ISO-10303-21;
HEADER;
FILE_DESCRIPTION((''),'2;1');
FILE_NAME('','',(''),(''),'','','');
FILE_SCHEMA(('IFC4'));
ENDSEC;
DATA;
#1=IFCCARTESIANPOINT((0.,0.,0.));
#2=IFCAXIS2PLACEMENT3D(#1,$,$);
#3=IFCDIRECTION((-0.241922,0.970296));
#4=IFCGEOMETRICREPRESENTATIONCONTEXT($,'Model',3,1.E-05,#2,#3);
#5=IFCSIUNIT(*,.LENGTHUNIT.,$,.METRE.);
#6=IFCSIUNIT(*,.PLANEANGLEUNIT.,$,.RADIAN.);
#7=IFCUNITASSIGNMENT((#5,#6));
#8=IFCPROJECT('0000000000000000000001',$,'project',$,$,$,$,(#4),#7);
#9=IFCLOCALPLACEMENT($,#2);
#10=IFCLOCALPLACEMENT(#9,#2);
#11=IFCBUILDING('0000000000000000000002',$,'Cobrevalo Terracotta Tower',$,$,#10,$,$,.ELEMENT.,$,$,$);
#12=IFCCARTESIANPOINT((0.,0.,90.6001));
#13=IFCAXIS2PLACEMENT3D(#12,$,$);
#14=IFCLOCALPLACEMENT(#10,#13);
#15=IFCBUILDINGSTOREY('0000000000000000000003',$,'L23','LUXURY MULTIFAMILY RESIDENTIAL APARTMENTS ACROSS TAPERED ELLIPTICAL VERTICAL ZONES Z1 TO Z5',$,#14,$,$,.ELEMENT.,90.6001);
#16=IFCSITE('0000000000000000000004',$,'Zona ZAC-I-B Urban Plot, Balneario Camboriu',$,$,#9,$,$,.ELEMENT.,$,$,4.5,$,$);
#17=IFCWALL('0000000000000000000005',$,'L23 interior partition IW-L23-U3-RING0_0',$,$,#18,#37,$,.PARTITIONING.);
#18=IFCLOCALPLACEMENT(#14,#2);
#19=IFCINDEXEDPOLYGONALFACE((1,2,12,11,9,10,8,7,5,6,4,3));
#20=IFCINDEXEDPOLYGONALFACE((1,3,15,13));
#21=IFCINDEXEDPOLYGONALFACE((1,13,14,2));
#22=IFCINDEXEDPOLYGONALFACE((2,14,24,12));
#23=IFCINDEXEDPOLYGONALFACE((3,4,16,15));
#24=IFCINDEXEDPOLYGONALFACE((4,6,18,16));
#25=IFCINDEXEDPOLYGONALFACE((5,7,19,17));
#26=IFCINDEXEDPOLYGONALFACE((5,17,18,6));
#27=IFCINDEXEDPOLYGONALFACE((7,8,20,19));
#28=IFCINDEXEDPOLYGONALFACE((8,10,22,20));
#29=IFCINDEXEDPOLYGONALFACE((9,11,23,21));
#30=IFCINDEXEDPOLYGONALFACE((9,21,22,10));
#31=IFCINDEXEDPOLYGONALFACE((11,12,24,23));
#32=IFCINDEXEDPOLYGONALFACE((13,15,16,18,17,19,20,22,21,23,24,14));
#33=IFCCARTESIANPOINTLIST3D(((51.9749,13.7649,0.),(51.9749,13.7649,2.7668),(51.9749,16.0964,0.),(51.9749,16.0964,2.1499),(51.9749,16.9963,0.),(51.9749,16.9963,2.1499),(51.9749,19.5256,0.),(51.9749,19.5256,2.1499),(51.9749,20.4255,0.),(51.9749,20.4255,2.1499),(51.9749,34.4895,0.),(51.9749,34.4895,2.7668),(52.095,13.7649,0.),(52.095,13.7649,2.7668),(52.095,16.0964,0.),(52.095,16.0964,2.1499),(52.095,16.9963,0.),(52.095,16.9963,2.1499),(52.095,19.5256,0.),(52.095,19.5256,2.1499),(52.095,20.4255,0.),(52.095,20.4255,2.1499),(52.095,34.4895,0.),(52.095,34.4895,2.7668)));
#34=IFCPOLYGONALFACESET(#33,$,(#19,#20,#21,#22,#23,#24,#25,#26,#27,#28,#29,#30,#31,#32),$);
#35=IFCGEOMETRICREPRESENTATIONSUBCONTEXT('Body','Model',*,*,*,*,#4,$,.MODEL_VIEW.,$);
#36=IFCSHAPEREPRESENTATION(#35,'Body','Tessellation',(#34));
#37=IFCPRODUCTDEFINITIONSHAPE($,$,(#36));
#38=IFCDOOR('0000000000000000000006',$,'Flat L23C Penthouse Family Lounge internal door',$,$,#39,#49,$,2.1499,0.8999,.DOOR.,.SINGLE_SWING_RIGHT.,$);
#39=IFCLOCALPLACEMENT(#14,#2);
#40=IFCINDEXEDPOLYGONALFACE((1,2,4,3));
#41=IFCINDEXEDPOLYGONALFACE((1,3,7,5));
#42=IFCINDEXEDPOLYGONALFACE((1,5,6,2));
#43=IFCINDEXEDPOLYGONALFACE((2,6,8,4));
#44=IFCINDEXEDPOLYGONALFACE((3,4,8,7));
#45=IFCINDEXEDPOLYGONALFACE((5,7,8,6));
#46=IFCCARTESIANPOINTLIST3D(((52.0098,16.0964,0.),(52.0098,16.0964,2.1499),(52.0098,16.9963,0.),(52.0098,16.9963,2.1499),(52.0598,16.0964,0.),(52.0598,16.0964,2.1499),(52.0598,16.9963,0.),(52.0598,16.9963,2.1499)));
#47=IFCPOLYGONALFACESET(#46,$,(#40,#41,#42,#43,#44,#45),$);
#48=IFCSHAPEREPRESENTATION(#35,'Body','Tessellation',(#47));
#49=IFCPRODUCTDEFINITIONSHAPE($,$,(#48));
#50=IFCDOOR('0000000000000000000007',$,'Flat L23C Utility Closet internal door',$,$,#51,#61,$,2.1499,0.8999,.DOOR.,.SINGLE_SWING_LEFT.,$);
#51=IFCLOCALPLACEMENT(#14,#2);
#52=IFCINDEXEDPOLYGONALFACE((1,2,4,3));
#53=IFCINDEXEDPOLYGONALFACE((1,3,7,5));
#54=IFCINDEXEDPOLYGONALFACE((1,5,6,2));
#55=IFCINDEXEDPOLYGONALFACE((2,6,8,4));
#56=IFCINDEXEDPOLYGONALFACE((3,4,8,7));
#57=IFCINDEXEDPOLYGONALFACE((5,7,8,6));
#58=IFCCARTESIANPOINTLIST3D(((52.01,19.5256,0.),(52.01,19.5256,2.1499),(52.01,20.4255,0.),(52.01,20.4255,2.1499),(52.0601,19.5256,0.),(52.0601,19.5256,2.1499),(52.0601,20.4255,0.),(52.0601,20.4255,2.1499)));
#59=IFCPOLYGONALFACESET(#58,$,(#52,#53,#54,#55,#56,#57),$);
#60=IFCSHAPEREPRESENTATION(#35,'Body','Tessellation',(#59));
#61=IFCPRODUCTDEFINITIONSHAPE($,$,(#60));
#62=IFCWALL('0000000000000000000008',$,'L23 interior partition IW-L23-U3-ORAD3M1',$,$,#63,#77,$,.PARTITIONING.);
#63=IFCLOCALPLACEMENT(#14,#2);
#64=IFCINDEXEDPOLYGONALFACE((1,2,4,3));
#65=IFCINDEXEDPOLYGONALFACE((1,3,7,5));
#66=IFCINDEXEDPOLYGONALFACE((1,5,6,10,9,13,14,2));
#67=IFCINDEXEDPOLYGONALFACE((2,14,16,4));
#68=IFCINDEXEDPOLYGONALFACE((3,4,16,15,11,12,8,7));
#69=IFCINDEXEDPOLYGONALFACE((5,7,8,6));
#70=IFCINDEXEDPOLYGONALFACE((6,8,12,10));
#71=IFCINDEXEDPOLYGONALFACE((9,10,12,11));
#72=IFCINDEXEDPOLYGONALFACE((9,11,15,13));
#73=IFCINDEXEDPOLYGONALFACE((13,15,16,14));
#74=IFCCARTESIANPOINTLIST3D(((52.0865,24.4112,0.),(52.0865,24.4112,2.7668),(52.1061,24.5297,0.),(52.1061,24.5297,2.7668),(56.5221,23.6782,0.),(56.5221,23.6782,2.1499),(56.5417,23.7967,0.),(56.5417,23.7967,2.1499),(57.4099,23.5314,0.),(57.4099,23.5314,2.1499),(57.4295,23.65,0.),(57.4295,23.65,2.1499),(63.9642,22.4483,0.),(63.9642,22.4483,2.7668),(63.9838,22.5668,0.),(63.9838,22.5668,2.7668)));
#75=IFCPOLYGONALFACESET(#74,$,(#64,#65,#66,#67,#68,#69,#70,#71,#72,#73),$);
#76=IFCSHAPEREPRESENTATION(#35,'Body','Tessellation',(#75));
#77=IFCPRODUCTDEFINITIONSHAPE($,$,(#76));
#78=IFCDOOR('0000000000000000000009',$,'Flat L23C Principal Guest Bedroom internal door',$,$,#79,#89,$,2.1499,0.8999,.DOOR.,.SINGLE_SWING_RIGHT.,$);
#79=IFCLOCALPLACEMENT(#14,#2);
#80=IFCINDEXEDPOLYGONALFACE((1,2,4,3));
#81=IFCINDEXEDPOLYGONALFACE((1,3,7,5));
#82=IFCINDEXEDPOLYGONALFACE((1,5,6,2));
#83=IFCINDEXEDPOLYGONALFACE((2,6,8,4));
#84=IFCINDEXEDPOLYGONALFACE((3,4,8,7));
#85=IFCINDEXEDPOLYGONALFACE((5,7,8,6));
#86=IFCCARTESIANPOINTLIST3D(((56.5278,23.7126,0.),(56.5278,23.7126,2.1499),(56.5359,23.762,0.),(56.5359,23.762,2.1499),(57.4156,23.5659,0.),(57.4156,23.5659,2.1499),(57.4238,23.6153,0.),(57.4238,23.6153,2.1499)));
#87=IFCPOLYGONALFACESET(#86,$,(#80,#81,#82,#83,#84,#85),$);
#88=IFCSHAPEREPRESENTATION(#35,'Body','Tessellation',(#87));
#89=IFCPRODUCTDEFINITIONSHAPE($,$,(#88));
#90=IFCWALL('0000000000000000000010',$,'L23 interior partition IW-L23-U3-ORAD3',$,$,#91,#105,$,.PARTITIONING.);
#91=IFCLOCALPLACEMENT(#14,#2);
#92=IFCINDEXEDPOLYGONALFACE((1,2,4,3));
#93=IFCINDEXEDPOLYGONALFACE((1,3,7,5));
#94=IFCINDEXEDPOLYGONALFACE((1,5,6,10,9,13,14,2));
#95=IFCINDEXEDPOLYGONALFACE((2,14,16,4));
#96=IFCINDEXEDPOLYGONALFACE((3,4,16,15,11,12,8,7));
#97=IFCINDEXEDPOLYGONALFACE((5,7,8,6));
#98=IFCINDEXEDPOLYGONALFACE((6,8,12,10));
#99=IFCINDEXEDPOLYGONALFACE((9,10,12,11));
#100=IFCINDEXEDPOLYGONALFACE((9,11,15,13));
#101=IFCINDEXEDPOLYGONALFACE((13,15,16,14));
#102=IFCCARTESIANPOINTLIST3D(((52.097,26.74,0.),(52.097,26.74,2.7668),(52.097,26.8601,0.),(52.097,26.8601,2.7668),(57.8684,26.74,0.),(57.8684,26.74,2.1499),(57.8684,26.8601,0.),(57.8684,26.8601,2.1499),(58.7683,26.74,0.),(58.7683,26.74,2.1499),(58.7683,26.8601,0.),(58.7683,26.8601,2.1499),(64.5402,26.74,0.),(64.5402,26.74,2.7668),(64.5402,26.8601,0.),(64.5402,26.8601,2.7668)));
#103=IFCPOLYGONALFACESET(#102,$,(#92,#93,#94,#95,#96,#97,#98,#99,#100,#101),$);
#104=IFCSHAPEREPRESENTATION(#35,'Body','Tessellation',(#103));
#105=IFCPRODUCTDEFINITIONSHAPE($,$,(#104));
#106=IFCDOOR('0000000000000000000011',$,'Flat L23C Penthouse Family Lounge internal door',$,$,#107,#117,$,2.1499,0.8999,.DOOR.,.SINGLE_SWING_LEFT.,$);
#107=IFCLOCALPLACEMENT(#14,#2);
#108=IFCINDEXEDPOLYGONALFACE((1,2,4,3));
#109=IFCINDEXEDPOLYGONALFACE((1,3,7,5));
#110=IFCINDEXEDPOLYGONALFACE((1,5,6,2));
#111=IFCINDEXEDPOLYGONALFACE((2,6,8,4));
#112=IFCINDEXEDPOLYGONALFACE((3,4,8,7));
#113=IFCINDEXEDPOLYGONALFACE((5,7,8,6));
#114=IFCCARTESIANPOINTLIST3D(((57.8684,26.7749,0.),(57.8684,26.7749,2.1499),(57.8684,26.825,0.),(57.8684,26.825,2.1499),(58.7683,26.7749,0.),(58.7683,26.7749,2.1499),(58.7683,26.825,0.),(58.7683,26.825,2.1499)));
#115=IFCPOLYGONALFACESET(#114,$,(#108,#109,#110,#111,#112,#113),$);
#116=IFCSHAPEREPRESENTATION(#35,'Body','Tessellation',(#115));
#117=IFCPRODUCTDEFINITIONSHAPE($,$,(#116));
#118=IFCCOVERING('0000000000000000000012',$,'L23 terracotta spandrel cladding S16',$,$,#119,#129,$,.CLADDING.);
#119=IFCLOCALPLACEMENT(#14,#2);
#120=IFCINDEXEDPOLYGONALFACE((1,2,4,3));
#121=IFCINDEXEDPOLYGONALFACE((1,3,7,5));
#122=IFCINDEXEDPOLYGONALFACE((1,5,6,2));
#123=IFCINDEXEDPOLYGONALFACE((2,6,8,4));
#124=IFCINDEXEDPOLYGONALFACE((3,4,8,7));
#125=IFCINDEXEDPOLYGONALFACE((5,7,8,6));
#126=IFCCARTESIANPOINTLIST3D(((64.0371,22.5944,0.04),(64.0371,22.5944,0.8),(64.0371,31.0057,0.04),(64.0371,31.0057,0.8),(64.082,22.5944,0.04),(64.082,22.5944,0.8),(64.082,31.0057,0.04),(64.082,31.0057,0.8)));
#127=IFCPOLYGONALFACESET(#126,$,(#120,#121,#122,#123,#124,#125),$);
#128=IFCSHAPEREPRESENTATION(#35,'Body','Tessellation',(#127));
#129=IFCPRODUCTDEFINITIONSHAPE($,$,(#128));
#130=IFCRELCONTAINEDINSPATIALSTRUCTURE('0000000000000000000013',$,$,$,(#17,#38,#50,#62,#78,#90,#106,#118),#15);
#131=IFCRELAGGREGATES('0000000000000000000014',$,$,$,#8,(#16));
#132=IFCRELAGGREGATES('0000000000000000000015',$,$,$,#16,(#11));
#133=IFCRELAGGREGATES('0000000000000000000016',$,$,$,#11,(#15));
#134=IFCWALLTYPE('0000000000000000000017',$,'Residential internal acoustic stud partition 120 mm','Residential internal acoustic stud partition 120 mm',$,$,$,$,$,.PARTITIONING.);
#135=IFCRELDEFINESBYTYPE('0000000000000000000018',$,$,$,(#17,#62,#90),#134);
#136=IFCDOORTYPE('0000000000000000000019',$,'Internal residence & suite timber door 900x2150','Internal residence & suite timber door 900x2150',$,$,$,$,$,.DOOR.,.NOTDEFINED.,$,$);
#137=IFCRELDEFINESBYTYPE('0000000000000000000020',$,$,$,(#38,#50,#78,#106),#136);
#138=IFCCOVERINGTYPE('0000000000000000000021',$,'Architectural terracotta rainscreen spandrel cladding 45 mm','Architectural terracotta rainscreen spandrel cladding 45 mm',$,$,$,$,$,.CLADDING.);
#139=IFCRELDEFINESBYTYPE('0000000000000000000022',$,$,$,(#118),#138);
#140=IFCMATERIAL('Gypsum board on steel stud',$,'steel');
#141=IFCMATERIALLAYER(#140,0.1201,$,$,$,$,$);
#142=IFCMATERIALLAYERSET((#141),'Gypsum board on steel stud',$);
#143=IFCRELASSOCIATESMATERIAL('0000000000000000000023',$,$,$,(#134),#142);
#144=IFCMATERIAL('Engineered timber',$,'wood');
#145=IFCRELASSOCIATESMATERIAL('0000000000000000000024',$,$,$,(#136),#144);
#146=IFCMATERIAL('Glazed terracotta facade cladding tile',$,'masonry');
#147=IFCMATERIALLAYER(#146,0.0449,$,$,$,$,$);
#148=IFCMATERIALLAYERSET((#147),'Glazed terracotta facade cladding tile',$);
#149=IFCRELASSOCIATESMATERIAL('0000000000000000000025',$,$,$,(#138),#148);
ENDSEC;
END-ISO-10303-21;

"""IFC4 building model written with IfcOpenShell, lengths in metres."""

from ifc_helpers import new_model, si_unit, direction, frame, frame_2d, origin, origin_2d, place, context, subcontext, project, spatial, rectangle, extrude, source, transform, mapped, material, layer, layer_set, type_object, element, fill, save


model = new_model("IFC4")

# Units and contexts
model_context = context("Model", 3, precision=1e-05, world=origin(), true_north=direction((-0.241922, 0.970296)))
body_context = subcontext(model_context, "Body", "Model", "MODEL_VIEW")
ifc_project = project(units=[si_unit("LENGTHUNIT", "METRE"), si_unit("PLANEANGLEUNIT", "RADIAN")], contexts=[model_context])

# Site, building, storey
site_placement = place(None, origin())
site = spatial("IfcSite", under=ifc_project, at=site_placement, Name="Zona ZAC-I-B Urban Plot, Balneario Camboriu", CompositionType="ELEMENT", RefElevation=4.5)
building_placement = place(site_placement, origin())
building = spatial("IfcBuilding", under=site, at=building_placement, Name="Cobrevalo Terracotta Tower", CompositionType="ELEMENT")
storey_placement = place(building_placement, frame((0.0, 0.0, 90.6001)))
storey = spatial("IfcBuildingStorey", under=building, at=storey_placement, Name="L23", Description="LUXURY MULTIFAMILY RESIDENTIAL APARTMENTS ACROSS TAPERED ELLIPTICAL VERTICAL ZONES Z1 TO Z5", CompositionType="ELEMENT", Elevation=90.6001)

# Wall, openings, doors
ifc_material_1 = material(Name="Gypsum board on steel stud", Category="steel")
ifc_layer_1 = layer(ifc_material_1, 0.1201)
ifc_layer_set_1 = layer_set([ifc_layer_1], Name="Gypsum board on steel stud")
wall_type_1 = type_object("IfcWallType", Name="Residential internal acoustic stud partition 120 mm", Description="Residential internal acoustic stud partition 120 mm", PredefinedType="PARTITIONING", material=ifc_layer_set_1)
wall_1_placement = place(storey_placement, frame((52.0349, 34.4895, 0.0), z_axis=(0.0, 0.0, 1.0), x_axis=(0.0, -1.0, 0.0)))
wall_1 = element("IfcWall", 1, at=wall_1_placement, inside=storey, type_object=wall_type_1, Name="L23 interior partition IW-L23-U3-RING0_0", PredefinedType="PARTITIONING", context=body_context, shape_type="SweptSolid", body=[
    extrude(rectangle(XDim=20.7246, YDim=0.1201, at=frame_2d((10.3623, 0.0))), origin(), (0.0, 0.0, 1.0), 2.7668),
])
opening_1_placement = place(wall_1_placement, frame((17.4932, 0.0, 0.0)))
opening_1 = element("IfcOpeningElement", 2, at=opening_1_placement, cuts=wall_1, PredefinedType="OPENING", context=body_context, shape_type="SweptSolid", body=[
    extrude(rectangle(XDim=0.8999, YDim=2.1499, at=frame_2d((0.45, 1.075))), frame((0.0, 0.0701, 0.0), z_axis=(0.0, -1.0, 0.0), x_axis=(1.0, 0.0, 0.0)), (0.0, 0.0, 1.0), 0.1401),
])
opening_2_placement = place(wall_1_placement, frame((14.064, 0.0, 0.0)))
opening_2 = element("IfcOpeningElement", 3, at=opening_2_placement, cuts=wall_1, PredefinedType="OPENING", context=body_context, shape_type="SweptSolid", body=[
    extrude(rectangle(XDim=0.8999, YDim=2.1499, at=frame_2d((0.45, 1.075))), frame((0.0, 0.0701, 0.0), z_axis=(0.0, -1.0, 0.0), x_axis=(1.0, 0.0, 0.0)), (0.0, 0.0, 1.0), 0.1401),
])
ifc_material_2 = material(Name="Engineered timber", Category="wood")
door_type_1 = type_object("IfcDoorType", Name="Internal residence & suite timber door 900x2150", Description="Internal residence & suite timber door 900x2150", OperationType="NOTDEFINED", PredefinedType="DOOR", material=ifc_material_2)
shared_shape_1 = source(origin(), body_context, "Body", "SweptSolid", [
    extrude(rectangle(XDim=0.8999, YDim=2.1499, at=frame_2d((0.45, 1.075))), frame((0.0, 0.0249, 0.0), z_axis=(0.0, -1.0, 0.0), x_axis=(1.0, 0.0, 0.0)), (0.0, 0.0, 1.0), 0.05),
])
door_1_placement = place(opening_1_placement, origin())
door_1 = element("IfcDoor", 4, at=door_1_placement, inside=storey, type_object=door_type_1, Name="Flat L23C Penthouse Family Lounge internal door", OperationType="SINGLE_SWING_RIGHT", OverallHeight=2.1499, OverallWidth=0.8999, PredefinedType="DOOR", context=body_context, shape_type="MappedRepresentation", body=[
    mapped(shared_shape_1, transform((0.0, 0.0, 0.0), scale=1.0)),
])
fill(opening_1, door_1)
door_2_placement = place(opening_2_placement, frame((0.8999, 0.0, 0.0), z_axis=(0.0, 0.0, 1.0), x_axis=(-1.0, 0.0, 0.0)))
door_2 = element("IfcDoor", 5, at=door_2_placement, inside=storey, type_object=door_type_1, Name="Flat L23C Utility Closet internal door", OperationType="SINGLE_SWING_LEFT", OverallHeight=2.1499, OverallWidth=0.8999, PredefinedType="DOOR", context=body_context, shape_type="MappedRepresentation", body=[
    mapped(shared_shape_1, transform((0.0, 0.0, 0.0), scale=1.0)),
])
fill(opening_2, door_2)

# Walls, openings, doors
wall_2_placement = place(storey_placement, frame((52.0962, 24.4705, 0.0), z_axis=(0.0, 0.0, 1.0), x_axis=(0.986618, -0.163047, 0.0)))
wall_2 = element("IfcWall", 6, at=wall_2_placement, inside=storey, type_object=wall_type_1, Name="L23 interior partition IW-L23-U3-ORAD3M1", PredefinedType="PARTITIONING", context=body_context, shape_type="SweptSolid", body=[
    extrude(rectangle(XDim=12.0388, YDim=0.1201, at=frame_2d((6.0195, 0.0))), origin(), (0.0, 0.0, 1.0), 2.7668),
])
opening_3_placement = place(wall_2_placement, frame((4.4958, 0.0, 0.0)))
opening_3 = element("IfcOpeningElement", 7, at=opening_3_placement, cuts=wall_2, PredefinedType="OPENING", context=body_context, shape_type="SweptSolid", body=[
    extrude(rectangle(XDim=0.8999, YDim=2.1499, at=frame_2d((0.45, 1.075))), frame((0.0, 0.0701, 0.0), z_axis=(0.0, -1.0, 0.0), x_axis=(1.0, 0.0, 0.0)), (0.0, 0.0, 1.0), 0.1401),
])
door_3_placement = place(opening_3_placement, origin())
door_3 = element("IfcDoor", 8, at=door_3_placement, inside=storey, type_object=door_type_1, Name="Flat L23C Principal Guest Bedroom internal door", OperationType="SINGLE_SWING_RIGHT", OverallHeight=2.1499, OverallWidth=0.8999, PredefinedType="DOOR", context=body_context, shape_type="MappedRepresentation", body=[
    mapped(shared_shape_1, transform((0.0, 0.0, 0.0), scale=1.0)),
])
fill(opening_3, door_3)
wall_3_placement = place(storey_placement, frame((52.0969, 26.8, 0.0), z_axis=(0.0, 0.0, 1.0), x_axis=(1.0, 0.0, 0.0)))
wall_3 = element("IfcWall", 9, at=wall_3_placement, inside=storey, type_object=wall_type_1, Name="L23 interior partition IW-L23-U3-ORAD3", PredefinedType="PARTITIONING", context=body_context, shape_type="SweptSolid", body=[
    extrude(rectangle(XDim=12.4431, YDim=0.1201, at=frame_2d((6.2217, 0.0))), origin(), (0.0, 0.0, 1.0), 2.7668),
])
opening_4_placement = place(wall_3_placement, frame((5.7715, 0.0, 0.0)))
opening_4 = element("IfcOpeningElement", 10, at=opening_4_placement, cuts=wall_3, PredefinedType="OPENING", context=body_context, shape_type="SweptSolid", body=[
    extrude(rectangle(XDim=0.8999, YDim=2.1499, at=frame_2d((0.45, 1.075))), frame((0.0, 0.0701, 0.0), z_axis=(0.0, -1.0, 0.0), x_axis=(1.0, 0.0, 0.0)), (0.0, 0.0, 1.0), 0.1401),
])
door_4_placement = place(opening_4_placement, origin())
door_4 = element("IfcDoor", 11, at=door_4_placement, inside=storey, type_object=door_type_1, Name="Flat L23C Penthouse Family Lounge internal door", OperationType="SINGLE_SWING_LEFT", OverallHeight=2.1499, OverallWidth=0.8999, PredefinedType="DOOR", context=body_context, shape_type="MappedRepresentation", body=[
    mapped(shared_shape_1, transform((0.0, 0.0, 0.0), scale=1.0)),
])
fill(opening_4, door_4)

# Covering
ifc_material_3 = material(Name="Glazed terracotta facade cladding tile", Category="masonry")
ifc_layer_2 = layer(ifc_material_3, 0.0449)
ifc_layer_set_2 = layer_set([ifc_layer_2], Name="Glazed terracotta facade cladding tile")
covering_type = type_object("IfcCoveringType", Name="Architectural terracotta rainscreen spandrel cladding 45 mm", Description="Architectural terracotta rainscreen spandrel cladding 45 mm", PredefinedType="CLADDING", material=ifc_layer_set_2)
shared_shape_2 = source(origin(), body_context, "Body", "SweptSolid", [
    extrude(rectangle(XDim=8.4114, YDim=0.0449, at=origin_2d()), origin(), (0.0, 0.0, 1.0), 0.76),
])
covering_placement = place(storey_placement, frame((64.0596, 26.8, 0.04), z_axis=(0.0, 0.0, 1.0), x_axis=(0.0, 1.0, 0.0)))
element("IfcCovering", 12, at=covering_placement, inside=storey, type_object=covering_type, Name="L23 terracotta spandrel cladding S16", PredefinedType="CLADDING", context=body_context, shape_type="MappedRepresentation", body=[
    mapped(shared_shape_2, transform((0.0, 0.0, 0.0), scale=1.0)),
])

save(model, "model.ifc")
